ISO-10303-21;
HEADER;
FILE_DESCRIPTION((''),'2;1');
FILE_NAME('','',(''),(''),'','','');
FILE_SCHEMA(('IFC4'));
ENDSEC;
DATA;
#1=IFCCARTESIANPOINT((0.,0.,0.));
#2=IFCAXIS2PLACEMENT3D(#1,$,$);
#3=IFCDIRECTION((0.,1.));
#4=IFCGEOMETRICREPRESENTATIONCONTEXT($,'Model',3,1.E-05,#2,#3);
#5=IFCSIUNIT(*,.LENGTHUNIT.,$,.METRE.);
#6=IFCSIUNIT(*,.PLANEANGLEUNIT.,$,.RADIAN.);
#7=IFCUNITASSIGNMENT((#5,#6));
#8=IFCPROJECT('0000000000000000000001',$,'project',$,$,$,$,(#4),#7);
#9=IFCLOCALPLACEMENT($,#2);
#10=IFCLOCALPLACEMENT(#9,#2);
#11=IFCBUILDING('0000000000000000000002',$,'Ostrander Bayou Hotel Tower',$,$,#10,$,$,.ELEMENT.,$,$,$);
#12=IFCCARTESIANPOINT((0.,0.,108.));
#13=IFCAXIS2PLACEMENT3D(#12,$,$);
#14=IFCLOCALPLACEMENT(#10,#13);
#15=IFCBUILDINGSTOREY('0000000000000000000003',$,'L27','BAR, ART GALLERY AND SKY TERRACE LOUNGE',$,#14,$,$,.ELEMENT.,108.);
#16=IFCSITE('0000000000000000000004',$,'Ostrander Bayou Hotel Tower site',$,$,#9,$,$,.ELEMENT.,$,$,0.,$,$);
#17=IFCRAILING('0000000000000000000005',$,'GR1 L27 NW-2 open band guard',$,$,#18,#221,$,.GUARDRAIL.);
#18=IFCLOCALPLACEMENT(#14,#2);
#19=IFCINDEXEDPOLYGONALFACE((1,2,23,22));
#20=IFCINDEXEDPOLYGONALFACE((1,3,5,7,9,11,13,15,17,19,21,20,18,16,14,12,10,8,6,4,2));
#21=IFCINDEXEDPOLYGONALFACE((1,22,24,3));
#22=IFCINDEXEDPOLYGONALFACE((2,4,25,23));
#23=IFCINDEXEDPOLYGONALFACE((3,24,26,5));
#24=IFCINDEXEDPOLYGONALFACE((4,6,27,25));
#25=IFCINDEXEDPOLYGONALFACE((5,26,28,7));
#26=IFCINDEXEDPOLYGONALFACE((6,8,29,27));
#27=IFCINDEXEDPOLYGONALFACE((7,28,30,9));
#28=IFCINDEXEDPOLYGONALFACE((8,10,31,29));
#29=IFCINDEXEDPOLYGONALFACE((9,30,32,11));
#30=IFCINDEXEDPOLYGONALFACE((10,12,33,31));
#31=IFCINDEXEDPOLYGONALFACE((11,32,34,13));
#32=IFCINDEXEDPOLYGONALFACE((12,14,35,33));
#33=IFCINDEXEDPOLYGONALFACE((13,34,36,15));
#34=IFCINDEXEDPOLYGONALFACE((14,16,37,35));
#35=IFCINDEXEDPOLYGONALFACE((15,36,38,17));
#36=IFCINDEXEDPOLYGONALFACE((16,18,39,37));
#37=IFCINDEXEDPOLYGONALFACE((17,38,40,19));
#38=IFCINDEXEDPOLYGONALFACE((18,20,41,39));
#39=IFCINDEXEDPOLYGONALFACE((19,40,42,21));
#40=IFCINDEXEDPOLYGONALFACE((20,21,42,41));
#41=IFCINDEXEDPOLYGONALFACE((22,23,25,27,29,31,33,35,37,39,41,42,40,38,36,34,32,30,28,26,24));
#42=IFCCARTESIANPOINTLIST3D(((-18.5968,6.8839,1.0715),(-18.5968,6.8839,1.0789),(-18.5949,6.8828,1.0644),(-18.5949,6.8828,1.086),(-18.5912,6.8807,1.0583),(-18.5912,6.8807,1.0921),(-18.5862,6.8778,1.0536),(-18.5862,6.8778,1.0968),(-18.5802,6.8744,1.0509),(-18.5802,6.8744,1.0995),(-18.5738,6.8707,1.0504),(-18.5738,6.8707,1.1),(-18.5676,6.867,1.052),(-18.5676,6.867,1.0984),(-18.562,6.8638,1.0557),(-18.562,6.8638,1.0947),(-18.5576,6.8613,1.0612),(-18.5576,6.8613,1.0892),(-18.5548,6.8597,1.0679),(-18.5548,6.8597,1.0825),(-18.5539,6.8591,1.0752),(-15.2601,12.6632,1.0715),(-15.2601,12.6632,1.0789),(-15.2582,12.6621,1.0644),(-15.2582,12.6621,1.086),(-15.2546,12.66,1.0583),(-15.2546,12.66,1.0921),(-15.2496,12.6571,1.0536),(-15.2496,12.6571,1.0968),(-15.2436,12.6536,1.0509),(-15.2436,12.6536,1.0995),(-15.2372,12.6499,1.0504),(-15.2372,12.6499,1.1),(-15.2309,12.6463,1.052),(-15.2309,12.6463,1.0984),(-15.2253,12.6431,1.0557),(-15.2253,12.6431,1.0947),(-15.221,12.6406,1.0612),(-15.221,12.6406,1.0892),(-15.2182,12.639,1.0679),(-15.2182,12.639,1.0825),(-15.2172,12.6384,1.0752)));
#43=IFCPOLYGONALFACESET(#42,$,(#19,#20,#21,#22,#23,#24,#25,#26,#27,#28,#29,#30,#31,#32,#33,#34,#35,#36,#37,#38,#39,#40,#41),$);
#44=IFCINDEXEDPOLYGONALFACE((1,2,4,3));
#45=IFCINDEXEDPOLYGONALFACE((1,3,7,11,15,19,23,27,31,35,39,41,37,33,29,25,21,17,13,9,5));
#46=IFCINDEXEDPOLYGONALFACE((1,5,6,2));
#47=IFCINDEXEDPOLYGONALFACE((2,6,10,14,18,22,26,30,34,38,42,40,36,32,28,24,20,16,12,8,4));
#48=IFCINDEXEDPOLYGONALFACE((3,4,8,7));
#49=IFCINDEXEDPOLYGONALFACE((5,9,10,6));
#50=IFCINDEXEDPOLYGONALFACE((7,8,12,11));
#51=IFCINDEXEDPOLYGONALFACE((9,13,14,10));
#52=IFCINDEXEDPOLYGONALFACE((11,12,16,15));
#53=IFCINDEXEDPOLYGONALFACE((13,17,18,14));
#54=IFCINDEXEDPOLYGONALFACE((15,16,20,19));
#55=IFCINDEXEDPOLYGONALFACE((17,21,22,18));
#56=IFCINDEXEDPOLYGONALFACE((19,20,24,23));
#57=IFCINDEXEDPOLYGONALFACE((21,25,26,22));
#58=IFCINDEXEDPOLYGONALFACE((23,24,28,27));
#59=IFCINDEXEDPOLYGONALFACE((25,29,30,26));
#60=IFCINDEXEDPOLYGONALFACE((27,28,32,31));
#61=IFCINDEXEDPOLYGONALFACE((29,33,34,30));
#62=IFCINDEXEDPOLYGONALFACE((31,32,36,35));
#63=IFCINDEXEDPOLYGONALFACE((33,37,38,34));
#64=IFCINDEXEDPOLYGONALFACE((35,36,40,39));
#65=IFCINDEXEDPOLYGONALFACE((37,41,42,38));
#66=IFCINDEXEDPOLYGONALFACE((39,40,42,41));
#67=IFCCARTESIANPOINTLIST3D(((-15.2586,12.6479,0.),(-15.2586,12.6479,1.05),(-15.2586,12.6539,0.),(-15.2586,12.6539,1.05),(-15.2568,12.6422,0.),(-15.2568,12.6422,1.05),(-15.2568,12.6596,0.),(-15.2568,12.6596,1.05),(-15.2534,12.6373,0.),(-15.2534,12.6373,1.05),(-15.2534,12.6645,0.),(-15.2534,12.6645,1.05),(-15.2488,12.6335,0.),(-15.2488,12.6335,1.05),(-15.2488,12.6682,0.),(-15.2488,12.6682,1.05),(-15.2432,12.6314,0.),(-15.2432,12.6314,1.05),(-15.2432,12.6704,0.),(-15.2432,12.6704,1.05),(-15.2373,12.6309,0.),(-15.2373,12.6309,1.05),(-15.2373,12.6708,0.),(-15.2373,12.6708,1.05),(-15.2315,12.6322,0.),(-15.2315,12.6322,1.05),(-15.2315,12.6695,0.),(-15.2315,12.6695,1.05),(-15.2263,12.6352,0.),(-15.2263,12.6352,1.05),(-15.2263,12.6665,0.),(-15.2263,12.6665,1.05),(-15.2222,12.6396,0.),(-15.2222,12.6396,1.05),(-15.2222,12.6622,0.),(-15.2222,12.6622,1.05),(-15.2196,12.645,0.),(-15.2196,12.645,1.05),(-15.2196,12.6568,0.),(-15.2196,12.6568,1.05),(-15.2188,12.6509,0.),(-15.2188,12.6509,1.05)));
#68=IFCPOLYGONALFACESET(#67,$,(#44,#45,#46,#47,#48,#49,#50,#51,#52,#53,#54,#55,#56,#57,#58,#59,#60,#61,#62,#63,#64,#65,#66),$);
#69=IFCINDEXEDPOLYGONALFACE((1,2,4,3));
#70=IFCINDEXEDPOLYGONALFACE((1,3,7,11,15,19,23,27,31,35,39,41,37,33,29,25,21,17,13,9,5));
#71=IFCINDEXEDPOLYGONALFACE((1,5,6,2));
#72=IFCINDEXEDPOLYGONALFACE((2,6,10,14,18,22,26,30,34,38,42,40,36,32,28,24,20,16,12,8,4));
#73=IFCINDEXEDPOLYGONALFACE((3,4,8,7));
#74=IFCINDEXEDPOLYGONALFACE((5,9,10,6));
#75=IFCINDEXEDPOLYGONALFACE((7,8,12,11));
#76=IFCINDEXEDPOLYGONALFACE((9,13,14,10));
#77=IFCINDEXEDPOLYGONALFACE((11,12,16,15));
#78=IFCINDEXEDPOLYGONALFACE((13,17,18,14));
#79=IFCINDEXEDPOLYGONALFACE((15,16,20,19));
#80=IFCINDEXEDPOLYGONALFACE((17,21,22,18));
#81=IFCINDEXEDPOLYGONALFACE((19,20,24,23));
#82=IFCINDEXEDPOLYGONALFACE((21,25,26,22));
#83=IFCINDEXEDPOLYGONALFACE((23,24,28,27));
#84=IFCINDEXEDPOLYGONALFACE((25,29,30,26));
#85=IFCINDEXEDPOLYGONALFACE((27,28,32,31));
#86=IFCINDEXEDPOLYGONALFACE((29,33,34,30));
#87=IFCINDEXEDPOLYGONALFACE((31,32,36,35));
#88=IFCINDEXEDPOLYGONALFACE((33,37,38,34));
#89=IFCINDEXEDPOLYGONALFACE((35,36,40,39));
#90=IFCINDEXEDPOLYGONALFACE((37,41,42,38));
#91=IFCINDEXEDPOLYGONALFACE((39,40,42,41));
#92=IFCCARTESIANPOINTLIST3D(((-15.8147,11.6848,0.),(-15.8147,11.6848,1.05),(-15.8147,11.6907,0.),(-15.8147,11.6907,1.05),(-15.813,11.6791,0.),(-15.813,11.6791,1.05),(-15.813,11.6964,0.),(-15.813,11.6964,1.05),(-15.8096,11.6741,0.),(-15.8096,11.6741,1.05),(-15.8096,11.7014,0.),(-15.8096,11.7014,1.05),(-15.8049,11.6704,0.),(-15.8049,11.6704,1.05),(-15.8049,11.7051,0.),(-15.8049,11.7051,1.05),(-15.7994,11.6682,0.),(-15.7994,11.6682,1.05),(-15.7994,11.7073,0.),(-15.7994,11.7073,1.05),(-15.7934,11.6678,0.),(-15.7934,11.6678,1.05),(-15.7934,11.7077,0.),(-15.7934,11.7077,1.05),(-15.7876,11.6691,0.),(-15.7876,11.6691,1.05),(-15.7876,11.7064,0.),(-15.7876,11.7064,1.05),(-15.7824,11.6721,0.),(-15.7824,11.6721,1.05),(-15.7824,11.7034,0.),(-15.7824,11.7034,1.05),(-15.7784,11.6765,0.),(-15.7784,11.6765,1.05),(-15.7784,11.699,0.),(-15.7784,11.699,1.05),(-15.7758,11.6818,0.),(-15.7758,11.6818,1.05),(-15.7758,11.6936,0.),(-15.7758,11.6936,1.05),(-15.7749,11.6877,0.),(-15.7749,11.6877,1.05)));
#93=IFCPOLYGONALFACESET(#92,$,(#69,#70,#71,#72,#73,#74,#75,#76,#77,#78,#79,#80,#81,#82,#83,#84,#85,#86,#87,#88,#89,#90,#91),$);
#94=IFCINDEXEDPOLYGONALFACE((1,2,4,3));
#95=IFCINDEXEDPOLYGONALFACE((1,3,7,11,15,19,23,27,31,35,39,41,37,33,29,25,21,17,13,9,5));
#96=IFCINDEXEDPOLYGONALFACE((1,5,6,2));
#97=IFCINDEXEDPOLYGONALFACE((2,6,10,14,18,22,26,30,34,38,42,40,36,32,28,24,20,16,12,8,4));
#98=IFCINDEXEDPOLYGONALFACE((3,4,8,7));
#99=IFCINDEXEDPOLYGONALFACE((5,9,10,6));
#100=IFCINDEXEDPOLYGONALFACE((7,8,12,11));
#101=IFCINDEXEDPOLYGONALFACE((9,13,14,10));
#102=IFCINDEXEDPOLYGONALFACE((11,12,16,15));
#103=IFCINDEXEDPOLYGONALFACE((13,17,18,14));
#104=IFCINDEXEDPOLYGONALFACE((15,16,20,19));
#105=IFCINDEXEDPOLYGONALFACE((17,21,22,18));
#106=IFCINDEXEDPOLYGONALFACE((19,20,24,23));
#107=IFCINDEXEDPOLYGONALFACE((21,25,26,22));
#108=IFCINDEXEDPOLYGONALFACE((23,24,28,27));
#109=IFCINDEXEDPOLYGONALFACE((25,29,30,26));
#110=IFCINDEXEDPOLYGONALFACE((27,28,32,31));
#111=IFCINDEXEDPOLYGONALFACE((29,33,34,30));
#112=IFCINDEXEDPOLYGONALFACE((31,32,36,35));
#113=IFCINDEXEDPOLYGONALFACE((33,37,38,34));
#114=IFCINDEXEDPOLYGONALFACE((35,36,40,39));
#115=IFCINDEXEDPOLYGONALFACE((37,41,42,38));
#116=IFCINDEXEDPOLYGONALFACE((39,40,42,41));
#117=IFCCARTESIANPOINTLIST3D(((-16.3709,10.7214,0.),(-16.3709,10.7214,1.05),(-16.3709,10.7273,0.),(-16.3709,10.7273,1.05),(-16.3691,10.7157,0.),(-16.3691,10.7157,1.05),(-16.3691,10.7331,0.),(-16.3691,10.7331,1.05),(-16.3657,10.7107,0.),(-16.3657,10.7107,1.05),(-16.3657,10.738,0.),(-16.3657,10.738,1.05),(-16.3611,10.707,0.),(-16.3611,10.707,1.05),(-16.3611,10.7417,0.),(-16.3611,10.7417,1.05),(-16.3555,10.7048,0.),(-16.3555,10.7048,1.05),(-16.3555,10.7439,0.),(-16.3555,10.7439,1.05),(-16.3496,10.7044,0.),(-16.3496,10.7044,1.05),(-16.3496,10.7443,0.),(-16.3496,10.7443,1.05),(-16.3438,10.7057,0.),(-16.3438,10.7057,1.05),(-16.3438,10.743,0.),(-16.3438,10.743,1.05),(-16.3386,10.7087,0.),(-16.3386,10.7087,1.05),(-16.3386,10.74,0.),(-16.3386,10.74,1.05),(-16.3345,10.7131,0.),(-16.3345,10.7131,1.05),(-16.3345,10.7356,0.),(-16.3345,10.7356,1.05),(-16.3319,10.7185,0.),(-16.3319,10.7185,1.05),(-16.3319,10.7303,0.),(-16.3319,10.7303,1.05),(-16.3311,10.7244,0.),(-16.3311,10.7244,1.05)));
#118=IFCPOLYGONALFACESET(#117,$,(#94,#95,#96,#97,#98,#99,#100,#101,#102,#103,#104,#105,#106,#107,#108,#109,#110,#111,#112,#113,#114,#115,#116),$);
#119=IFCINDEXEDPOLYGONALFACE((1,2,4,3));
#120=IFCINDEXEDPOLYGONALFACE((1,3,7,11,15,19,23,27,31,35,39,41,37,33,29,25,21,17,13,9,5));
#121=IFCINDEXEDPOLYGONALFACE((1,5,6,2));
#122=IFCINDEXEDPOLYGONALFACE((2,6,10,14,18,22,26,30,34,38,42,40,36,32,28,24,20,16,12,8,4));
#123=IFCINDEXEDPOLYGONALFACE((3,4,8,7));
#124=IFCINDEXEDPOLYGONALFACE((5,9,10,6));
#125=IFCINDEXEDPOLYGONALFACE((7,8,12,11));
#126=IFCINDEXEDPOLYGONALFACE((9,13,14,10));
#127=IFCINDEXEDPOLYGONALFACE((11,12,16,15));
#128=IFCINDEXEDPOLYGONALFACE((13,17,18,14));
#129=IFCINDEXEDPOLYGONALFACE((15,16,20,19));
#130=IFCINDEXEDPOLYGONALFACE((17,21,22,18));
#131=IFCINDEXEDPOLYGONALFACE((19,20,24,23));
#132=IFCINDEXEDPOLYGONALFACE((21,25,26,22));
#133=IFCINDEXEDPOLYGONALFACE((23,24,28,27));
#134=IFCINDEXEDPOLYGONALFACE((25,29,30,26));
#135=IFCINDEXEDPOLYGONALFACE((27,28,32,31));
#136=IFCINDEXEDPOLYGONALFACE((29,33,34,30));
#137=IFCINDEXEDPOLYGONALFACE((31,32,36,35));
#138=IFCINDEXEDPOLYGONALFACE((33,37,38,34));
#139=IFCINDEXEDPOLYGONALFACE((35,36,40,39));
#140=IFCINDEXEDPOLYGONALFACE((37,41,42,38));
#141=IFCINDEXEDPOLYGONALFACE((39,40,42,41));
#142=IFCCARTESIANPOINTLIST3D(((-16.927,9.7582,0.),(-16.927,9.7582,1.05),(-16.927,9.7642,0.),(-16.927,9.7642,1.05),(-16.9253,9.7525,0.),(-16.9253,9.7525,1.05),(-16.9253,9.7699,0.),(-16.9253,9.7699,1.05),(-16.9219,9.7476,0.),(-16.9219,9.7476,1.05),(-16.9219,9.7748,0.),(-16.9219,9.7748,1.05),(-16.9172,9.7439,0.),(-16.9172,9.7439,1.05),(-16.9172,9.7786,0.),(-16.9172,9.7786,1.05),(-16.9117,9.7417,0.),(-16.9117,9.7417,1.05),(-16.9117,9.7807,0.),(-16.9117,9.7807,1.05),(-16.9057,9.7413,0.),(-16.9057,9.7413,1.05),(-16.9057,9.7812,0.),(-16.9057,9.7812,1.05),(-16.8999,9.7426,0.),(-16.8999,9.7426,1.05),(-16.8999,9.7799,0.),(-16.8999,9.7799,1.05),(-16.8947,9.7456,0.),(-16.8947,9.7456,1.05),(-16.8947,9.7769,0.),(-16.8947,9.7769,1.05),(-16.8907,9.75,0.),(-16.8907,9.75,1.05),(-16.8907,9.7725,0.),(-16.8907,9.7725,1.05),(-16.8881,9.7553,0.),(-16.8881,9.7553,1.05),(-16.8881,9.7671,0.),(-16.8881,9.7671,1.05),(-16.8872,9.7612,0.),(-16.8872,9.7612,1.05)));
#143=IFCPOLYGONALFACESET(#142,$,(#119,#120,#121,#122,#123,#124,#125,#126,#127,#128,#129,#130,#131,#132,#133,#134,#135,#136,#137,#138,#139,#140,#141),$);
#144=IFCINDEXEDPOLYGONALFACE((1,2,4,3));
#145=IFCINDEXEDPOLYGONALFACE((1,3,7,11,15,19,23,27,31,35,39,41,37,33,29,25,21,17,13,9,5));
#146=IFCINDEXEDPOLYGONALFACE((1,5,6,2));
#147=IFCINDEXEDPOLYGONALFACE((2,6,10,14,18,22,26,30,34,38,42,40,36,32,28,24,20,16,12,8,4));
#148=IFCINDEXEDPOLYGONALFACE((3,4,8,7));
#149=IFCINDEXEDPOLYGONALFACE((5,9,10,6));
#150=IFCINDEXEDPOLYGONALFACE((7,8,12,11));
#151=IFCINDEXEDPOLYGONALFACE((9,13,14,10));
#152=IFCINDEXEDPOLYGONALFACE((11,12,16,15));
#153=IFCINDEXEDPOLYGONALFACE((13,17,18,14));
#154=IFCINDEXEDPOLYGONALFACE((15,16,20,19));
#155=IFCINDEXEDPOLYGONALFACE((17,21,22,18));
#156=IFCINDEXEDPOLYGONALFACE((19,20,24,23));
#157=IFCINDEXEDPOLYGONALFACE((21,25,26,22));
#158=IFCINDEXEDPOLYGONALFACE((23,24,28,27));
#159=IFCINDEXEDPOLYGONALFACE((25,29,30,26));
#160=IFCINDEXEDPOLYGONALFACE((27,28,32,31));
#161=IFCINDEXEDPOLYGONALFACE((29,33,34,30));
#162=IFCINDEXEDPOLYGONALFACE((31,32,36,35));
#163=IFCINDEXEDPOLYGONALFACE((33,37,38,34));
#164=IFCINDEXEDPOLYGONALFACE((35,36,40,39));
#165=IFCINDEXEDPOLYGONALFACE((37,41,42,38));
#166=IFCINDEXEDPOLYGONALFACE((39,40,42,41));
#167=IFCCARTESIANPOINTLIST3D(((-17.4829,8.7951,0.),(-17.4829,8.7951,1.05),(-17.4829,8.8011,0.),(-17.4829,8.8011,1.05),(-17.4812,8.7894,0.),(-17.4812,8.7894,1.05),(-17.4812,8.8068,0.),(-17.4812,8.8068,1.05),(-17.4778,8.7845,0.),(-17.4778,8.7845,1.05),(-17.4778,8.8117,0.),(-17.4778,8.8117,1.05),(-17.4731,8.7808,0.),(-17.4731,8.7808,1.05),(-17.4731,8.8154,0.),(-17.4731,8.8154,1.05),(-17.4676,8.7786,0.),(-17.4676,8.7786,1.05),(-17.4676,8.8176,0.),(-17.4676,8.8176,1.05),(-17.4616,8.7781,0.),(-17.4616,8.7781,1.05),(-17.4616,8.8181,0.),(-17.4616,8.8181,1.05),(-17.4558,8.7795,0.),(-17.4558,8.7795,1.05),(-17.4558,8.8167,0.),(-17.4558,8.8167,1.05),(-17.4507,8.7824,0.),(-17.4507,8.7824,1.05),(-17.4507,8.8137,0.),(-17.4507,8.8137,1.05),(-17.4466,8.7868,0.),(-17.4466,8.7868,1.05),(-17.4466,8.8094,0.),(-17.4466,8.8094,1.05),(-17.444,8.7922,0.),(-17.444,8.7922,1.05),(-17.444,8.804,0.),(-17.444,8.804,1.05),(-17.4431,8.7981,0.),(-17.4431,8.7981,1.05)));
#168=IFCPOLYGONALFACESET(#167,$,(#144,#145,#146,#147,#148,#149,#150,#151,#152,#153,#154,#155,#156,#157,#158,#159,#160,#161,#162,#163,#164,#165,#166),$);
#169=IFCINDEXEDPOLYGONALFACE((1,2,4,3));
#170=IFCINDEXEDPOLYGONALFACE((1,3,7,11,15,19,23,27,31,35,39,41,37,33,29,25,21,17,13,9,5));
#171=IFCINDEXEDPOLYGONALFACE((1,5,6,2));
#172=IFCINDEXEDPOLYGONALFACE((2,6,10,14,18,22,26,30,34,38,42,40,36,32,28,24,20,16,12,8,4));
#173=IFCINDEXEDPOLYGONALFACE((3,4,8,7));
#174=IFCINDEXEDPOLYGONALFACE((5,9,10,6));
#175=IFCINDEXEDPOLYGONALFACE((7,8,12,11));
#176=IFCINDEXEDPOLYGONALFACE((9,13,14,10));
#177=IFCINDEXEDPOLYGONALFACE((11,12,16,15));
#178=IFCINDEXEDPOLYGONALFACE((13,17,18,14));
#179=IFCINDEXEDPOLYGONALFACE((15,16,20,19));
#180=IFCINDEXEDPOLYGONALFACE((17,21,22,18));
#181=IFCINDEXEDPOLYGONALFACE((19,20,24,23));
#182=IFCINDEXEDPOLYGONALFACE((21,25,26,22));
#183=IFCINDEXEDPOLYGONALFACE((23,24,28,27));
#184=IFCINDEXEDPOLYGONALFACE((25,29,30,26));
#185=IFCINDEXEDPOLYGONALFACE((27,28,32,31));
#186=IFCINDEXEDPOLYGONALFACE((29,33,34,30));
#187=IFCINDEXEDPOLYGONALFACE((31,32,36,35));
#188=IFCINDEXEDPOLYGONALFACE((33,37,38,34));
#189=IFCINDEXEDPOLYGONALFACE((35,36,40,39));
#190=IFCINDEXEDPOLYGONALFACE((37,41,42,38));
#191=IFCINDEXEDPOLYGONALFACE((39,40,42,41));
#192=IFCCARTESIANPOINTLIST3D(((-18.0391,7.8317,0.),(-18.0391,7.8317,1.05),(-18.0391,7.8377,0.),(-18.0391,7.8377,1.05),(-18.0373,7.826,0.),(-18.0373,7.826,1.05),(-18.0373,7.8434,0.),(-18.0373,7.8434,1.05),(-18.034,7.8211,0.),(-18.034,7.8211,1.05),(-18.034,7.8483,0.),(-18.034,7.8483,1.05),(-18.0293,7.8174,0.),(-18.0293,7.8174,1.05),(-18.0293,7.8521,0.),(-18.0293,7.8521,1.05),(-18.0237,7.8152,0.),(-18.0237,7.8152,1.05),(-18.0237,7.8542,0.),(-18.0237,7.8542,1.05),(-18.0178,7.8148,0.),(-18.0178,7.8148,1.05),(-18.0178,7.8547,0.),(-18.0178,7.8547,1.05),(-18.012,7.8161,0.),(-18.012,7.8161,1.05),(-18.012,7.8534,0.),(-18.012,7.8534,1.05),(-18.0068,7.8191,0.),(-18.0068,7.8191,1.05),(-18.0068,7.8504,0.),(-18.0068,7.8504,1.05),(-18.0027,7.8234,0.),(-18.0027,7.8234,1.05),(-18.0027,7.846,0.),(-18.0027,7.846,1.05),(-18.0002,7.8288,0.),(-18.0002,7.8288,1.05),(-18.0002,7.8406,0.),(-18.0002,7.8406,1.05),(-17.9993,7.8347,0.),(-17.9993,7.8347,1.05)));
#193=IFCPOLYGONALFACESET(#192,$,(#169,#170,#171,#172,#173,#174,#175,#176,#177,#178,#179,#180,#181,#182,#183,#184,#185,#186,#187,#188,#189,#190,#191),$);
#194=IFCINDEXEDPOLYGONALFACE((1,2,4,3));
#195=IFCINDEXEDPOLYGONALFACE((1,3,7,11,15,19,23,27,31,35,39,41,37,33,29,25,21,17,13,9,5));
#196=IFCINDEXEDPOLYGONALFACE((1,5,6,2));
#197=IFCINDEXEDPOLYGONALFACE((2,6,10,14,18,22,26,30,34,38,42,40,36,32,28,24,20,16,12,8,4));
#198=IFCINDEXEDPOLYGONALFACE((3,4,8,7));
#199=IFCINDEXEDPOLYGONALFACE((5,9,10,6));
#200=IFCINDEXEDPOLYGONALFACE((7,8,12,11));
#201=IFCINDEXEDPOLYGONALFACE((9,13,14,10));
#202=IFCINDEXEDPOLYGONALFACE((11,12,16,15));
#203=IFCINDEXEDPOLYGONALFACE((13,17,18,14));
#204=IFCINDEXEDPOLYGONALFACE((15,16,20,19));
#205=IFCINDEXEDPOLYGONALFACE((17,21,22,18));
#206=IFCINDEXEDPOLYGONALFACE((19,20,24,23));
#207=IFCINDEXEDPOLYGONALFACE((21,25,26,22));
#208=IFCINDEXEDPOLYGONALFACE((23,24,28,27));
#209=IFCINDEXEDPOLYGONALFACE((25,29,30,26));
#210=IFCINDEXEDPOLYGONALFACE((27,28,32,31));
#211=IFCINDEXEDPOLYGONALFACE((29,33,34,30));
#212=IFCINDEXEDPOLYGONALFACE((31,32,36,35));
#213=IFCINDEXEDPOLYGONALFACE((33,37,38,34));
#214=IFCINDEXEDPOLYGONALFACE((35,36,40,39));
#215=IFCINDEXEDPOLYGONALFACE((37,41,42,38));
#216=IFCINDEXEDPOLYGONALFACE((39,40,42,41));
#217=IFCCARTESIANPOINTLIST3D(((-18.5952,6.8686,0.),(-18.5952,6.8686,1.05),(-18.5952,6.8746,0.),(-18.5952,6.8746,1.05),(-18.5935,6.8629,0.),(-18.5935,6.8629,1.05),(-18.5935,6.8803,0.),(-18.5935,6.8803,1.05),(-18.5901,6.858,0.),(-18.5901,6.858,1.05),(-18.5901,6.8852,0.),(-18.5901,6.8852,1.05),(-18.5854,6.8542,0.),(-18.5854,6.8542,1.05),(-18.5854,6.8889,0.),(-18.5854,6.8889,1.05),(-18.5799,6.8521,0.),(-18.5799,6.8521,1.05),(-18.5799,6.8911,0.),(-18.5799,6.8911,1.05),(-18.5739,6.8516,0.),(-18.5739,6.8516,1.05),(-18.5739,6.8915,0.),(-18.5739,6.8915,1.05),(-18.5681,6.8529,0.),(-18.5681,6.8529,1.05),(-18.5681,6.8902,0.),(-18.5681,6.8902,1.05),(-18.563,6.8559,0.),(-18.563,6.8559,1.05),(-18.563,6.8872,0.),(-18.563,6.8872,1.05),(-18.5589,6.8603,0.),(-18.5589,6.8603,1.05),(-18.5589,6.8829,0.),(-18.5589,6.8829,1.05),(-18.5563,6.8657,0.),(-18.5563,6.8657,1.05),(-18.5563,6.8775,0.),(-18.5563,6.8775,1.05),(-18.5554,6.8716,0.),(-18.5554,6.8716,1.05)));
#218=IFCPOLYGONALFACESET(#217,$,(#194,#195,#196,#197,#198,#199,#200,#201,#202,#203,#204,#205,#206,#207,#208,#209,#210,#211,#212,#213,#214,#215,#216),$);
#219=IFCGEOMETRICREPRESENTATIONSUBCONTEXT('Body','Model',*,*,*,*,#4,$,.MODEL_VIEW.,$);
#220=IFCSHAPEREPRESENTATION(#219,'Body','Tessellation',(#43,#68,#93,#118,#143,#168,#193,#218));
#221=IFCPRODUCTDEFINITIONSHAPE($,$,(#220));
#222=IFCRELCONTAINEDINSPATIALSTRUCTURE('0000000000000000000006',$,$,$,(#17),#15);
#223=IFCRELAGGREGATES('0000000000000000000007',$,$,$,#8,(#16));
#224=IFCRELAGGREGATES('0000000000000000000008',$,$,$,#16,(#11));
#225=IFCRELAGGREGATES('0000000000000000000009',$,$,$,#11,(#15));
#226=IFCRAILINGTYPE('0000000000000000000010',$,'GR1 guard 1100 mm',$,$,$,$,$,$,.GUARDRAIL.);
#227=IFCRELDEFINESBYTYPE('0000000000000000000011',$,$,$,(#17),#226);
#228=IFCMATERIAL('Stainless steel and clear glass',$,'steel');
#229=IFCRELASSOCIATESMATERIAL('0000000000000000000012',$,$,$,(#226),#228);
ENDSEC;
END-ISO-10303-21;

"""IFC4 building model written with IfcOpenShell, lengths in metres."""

from ifc_helpers import new_model, si_unit, direction, frame, origin, origin_2d, place, context, subcontext, project, spatial, circle, extrude, material, type_object, element, save


model = new_model("IFC4")

# Units and contexts
model_context = context("Model", 3, precision=1e-05, world=origin(), true_north=direction((0.0, 1.0)))
body_context = subcontext(model_context, "Body", "Model", "MODEL_VIEW")
ifc_project = project(units=[si_unit("LENGTHUNIT", "METRE"), si_unit("PLANEANGLEUNIT", "RADIAN")], contexts=[model_context])

# Site, building, storey
site_placement = place(None, origin())
site = spatial("IfcSite", under=ifc_project, at=site_placement, Name="Ostrander Bayou Hotel Tower site", CompositionType="ELEMENT", RefElevation=0.0)
building_placement = place(site_placement, origin())
building = spatial("IfcBuilding", under=site, at=building_placement, Name="Ostrander Bayou Hotel Tower", CompositionType="ELEMENT")
storey_placement = place(building_placement, frame((0.0, 0.0, 108.0)))
storey = spatial("IfcBuildingStorey", under=building, at=storey_placement, Name="L27", Description="BAR, ART GALLERY AND SKY TERRACE LOUNGE", CompositionType="ELEMENT", Elevation=108.0)

# Railing
ifc_material_1 = material(Name="Stainless steel and clear glass", Category="steel")
railing_type = type_object("IfcRailingType", Name="GR1 guard 1100 mm", PredefinedType="GUARDRAIL", material=ifc_material_1)
railing_1_placement = place(storey_placement, frame((-15.2388, 12.6509, 0.0)))
element("IfcRailing", 1, at=railing_1_placement, inside=storey, type_object=railing_type, Name="GR1 L27 NW-2 open band guard", PredefinedType="GUARDRAIL", context=body_context, shape_type="SweptSolid", body=[
    extrude(circle(Radius=0.0249, at=origin_2d()), frame((0.0, 0.0, 1.0752), z_axis=(-0.499999, -0.866026, 0.0), x_axis=(0.866026, -0.499999, 0.0)), (0.0, 0.0, 1.0), 6.6733),
    extrude(circle(Radius=0.02, at=origin_2d()), origin(), (0.0, 0.0, 1.0), 1.05),
    extrude(circle(Radius=0.02, at=origin_2d()), frame((-0.5562, -0.9631, 0.0)), (0.0, 0.0, 1.0), 1.05),
    extrude(circle(Radius=0.02, at=origin_2d()), frame((-1.1123, -1.9265, 0.0)), (0.0, 0.0, 1.0), 1.05),
    extrude(circle(Radius=0.02, at=origin_2d()), frame((-1.6685, -2.8896, 0.0)), (0.0, 0.0, 1.0), 1.05),
    extrude(circle(Radius=0.02, at=origin_2d()), frame((-2.2244, -3.8528, 0.0)), (0.0, 0.0, 1.0), 1.05),
    extrude(circle(Radius=0.02, at=origin_2d()), frame((-2.7805, -4.8162, 0.0)), (0.0, 0.0, 1.0), 1.05),
    extrude(circle(Radius=0.02, at=origin_2d()), frame((-3.3367, -5.7793, 0.0)), (0.0, 0.0, 1.0), 1.05),
])

save(model, "model.ifc")
